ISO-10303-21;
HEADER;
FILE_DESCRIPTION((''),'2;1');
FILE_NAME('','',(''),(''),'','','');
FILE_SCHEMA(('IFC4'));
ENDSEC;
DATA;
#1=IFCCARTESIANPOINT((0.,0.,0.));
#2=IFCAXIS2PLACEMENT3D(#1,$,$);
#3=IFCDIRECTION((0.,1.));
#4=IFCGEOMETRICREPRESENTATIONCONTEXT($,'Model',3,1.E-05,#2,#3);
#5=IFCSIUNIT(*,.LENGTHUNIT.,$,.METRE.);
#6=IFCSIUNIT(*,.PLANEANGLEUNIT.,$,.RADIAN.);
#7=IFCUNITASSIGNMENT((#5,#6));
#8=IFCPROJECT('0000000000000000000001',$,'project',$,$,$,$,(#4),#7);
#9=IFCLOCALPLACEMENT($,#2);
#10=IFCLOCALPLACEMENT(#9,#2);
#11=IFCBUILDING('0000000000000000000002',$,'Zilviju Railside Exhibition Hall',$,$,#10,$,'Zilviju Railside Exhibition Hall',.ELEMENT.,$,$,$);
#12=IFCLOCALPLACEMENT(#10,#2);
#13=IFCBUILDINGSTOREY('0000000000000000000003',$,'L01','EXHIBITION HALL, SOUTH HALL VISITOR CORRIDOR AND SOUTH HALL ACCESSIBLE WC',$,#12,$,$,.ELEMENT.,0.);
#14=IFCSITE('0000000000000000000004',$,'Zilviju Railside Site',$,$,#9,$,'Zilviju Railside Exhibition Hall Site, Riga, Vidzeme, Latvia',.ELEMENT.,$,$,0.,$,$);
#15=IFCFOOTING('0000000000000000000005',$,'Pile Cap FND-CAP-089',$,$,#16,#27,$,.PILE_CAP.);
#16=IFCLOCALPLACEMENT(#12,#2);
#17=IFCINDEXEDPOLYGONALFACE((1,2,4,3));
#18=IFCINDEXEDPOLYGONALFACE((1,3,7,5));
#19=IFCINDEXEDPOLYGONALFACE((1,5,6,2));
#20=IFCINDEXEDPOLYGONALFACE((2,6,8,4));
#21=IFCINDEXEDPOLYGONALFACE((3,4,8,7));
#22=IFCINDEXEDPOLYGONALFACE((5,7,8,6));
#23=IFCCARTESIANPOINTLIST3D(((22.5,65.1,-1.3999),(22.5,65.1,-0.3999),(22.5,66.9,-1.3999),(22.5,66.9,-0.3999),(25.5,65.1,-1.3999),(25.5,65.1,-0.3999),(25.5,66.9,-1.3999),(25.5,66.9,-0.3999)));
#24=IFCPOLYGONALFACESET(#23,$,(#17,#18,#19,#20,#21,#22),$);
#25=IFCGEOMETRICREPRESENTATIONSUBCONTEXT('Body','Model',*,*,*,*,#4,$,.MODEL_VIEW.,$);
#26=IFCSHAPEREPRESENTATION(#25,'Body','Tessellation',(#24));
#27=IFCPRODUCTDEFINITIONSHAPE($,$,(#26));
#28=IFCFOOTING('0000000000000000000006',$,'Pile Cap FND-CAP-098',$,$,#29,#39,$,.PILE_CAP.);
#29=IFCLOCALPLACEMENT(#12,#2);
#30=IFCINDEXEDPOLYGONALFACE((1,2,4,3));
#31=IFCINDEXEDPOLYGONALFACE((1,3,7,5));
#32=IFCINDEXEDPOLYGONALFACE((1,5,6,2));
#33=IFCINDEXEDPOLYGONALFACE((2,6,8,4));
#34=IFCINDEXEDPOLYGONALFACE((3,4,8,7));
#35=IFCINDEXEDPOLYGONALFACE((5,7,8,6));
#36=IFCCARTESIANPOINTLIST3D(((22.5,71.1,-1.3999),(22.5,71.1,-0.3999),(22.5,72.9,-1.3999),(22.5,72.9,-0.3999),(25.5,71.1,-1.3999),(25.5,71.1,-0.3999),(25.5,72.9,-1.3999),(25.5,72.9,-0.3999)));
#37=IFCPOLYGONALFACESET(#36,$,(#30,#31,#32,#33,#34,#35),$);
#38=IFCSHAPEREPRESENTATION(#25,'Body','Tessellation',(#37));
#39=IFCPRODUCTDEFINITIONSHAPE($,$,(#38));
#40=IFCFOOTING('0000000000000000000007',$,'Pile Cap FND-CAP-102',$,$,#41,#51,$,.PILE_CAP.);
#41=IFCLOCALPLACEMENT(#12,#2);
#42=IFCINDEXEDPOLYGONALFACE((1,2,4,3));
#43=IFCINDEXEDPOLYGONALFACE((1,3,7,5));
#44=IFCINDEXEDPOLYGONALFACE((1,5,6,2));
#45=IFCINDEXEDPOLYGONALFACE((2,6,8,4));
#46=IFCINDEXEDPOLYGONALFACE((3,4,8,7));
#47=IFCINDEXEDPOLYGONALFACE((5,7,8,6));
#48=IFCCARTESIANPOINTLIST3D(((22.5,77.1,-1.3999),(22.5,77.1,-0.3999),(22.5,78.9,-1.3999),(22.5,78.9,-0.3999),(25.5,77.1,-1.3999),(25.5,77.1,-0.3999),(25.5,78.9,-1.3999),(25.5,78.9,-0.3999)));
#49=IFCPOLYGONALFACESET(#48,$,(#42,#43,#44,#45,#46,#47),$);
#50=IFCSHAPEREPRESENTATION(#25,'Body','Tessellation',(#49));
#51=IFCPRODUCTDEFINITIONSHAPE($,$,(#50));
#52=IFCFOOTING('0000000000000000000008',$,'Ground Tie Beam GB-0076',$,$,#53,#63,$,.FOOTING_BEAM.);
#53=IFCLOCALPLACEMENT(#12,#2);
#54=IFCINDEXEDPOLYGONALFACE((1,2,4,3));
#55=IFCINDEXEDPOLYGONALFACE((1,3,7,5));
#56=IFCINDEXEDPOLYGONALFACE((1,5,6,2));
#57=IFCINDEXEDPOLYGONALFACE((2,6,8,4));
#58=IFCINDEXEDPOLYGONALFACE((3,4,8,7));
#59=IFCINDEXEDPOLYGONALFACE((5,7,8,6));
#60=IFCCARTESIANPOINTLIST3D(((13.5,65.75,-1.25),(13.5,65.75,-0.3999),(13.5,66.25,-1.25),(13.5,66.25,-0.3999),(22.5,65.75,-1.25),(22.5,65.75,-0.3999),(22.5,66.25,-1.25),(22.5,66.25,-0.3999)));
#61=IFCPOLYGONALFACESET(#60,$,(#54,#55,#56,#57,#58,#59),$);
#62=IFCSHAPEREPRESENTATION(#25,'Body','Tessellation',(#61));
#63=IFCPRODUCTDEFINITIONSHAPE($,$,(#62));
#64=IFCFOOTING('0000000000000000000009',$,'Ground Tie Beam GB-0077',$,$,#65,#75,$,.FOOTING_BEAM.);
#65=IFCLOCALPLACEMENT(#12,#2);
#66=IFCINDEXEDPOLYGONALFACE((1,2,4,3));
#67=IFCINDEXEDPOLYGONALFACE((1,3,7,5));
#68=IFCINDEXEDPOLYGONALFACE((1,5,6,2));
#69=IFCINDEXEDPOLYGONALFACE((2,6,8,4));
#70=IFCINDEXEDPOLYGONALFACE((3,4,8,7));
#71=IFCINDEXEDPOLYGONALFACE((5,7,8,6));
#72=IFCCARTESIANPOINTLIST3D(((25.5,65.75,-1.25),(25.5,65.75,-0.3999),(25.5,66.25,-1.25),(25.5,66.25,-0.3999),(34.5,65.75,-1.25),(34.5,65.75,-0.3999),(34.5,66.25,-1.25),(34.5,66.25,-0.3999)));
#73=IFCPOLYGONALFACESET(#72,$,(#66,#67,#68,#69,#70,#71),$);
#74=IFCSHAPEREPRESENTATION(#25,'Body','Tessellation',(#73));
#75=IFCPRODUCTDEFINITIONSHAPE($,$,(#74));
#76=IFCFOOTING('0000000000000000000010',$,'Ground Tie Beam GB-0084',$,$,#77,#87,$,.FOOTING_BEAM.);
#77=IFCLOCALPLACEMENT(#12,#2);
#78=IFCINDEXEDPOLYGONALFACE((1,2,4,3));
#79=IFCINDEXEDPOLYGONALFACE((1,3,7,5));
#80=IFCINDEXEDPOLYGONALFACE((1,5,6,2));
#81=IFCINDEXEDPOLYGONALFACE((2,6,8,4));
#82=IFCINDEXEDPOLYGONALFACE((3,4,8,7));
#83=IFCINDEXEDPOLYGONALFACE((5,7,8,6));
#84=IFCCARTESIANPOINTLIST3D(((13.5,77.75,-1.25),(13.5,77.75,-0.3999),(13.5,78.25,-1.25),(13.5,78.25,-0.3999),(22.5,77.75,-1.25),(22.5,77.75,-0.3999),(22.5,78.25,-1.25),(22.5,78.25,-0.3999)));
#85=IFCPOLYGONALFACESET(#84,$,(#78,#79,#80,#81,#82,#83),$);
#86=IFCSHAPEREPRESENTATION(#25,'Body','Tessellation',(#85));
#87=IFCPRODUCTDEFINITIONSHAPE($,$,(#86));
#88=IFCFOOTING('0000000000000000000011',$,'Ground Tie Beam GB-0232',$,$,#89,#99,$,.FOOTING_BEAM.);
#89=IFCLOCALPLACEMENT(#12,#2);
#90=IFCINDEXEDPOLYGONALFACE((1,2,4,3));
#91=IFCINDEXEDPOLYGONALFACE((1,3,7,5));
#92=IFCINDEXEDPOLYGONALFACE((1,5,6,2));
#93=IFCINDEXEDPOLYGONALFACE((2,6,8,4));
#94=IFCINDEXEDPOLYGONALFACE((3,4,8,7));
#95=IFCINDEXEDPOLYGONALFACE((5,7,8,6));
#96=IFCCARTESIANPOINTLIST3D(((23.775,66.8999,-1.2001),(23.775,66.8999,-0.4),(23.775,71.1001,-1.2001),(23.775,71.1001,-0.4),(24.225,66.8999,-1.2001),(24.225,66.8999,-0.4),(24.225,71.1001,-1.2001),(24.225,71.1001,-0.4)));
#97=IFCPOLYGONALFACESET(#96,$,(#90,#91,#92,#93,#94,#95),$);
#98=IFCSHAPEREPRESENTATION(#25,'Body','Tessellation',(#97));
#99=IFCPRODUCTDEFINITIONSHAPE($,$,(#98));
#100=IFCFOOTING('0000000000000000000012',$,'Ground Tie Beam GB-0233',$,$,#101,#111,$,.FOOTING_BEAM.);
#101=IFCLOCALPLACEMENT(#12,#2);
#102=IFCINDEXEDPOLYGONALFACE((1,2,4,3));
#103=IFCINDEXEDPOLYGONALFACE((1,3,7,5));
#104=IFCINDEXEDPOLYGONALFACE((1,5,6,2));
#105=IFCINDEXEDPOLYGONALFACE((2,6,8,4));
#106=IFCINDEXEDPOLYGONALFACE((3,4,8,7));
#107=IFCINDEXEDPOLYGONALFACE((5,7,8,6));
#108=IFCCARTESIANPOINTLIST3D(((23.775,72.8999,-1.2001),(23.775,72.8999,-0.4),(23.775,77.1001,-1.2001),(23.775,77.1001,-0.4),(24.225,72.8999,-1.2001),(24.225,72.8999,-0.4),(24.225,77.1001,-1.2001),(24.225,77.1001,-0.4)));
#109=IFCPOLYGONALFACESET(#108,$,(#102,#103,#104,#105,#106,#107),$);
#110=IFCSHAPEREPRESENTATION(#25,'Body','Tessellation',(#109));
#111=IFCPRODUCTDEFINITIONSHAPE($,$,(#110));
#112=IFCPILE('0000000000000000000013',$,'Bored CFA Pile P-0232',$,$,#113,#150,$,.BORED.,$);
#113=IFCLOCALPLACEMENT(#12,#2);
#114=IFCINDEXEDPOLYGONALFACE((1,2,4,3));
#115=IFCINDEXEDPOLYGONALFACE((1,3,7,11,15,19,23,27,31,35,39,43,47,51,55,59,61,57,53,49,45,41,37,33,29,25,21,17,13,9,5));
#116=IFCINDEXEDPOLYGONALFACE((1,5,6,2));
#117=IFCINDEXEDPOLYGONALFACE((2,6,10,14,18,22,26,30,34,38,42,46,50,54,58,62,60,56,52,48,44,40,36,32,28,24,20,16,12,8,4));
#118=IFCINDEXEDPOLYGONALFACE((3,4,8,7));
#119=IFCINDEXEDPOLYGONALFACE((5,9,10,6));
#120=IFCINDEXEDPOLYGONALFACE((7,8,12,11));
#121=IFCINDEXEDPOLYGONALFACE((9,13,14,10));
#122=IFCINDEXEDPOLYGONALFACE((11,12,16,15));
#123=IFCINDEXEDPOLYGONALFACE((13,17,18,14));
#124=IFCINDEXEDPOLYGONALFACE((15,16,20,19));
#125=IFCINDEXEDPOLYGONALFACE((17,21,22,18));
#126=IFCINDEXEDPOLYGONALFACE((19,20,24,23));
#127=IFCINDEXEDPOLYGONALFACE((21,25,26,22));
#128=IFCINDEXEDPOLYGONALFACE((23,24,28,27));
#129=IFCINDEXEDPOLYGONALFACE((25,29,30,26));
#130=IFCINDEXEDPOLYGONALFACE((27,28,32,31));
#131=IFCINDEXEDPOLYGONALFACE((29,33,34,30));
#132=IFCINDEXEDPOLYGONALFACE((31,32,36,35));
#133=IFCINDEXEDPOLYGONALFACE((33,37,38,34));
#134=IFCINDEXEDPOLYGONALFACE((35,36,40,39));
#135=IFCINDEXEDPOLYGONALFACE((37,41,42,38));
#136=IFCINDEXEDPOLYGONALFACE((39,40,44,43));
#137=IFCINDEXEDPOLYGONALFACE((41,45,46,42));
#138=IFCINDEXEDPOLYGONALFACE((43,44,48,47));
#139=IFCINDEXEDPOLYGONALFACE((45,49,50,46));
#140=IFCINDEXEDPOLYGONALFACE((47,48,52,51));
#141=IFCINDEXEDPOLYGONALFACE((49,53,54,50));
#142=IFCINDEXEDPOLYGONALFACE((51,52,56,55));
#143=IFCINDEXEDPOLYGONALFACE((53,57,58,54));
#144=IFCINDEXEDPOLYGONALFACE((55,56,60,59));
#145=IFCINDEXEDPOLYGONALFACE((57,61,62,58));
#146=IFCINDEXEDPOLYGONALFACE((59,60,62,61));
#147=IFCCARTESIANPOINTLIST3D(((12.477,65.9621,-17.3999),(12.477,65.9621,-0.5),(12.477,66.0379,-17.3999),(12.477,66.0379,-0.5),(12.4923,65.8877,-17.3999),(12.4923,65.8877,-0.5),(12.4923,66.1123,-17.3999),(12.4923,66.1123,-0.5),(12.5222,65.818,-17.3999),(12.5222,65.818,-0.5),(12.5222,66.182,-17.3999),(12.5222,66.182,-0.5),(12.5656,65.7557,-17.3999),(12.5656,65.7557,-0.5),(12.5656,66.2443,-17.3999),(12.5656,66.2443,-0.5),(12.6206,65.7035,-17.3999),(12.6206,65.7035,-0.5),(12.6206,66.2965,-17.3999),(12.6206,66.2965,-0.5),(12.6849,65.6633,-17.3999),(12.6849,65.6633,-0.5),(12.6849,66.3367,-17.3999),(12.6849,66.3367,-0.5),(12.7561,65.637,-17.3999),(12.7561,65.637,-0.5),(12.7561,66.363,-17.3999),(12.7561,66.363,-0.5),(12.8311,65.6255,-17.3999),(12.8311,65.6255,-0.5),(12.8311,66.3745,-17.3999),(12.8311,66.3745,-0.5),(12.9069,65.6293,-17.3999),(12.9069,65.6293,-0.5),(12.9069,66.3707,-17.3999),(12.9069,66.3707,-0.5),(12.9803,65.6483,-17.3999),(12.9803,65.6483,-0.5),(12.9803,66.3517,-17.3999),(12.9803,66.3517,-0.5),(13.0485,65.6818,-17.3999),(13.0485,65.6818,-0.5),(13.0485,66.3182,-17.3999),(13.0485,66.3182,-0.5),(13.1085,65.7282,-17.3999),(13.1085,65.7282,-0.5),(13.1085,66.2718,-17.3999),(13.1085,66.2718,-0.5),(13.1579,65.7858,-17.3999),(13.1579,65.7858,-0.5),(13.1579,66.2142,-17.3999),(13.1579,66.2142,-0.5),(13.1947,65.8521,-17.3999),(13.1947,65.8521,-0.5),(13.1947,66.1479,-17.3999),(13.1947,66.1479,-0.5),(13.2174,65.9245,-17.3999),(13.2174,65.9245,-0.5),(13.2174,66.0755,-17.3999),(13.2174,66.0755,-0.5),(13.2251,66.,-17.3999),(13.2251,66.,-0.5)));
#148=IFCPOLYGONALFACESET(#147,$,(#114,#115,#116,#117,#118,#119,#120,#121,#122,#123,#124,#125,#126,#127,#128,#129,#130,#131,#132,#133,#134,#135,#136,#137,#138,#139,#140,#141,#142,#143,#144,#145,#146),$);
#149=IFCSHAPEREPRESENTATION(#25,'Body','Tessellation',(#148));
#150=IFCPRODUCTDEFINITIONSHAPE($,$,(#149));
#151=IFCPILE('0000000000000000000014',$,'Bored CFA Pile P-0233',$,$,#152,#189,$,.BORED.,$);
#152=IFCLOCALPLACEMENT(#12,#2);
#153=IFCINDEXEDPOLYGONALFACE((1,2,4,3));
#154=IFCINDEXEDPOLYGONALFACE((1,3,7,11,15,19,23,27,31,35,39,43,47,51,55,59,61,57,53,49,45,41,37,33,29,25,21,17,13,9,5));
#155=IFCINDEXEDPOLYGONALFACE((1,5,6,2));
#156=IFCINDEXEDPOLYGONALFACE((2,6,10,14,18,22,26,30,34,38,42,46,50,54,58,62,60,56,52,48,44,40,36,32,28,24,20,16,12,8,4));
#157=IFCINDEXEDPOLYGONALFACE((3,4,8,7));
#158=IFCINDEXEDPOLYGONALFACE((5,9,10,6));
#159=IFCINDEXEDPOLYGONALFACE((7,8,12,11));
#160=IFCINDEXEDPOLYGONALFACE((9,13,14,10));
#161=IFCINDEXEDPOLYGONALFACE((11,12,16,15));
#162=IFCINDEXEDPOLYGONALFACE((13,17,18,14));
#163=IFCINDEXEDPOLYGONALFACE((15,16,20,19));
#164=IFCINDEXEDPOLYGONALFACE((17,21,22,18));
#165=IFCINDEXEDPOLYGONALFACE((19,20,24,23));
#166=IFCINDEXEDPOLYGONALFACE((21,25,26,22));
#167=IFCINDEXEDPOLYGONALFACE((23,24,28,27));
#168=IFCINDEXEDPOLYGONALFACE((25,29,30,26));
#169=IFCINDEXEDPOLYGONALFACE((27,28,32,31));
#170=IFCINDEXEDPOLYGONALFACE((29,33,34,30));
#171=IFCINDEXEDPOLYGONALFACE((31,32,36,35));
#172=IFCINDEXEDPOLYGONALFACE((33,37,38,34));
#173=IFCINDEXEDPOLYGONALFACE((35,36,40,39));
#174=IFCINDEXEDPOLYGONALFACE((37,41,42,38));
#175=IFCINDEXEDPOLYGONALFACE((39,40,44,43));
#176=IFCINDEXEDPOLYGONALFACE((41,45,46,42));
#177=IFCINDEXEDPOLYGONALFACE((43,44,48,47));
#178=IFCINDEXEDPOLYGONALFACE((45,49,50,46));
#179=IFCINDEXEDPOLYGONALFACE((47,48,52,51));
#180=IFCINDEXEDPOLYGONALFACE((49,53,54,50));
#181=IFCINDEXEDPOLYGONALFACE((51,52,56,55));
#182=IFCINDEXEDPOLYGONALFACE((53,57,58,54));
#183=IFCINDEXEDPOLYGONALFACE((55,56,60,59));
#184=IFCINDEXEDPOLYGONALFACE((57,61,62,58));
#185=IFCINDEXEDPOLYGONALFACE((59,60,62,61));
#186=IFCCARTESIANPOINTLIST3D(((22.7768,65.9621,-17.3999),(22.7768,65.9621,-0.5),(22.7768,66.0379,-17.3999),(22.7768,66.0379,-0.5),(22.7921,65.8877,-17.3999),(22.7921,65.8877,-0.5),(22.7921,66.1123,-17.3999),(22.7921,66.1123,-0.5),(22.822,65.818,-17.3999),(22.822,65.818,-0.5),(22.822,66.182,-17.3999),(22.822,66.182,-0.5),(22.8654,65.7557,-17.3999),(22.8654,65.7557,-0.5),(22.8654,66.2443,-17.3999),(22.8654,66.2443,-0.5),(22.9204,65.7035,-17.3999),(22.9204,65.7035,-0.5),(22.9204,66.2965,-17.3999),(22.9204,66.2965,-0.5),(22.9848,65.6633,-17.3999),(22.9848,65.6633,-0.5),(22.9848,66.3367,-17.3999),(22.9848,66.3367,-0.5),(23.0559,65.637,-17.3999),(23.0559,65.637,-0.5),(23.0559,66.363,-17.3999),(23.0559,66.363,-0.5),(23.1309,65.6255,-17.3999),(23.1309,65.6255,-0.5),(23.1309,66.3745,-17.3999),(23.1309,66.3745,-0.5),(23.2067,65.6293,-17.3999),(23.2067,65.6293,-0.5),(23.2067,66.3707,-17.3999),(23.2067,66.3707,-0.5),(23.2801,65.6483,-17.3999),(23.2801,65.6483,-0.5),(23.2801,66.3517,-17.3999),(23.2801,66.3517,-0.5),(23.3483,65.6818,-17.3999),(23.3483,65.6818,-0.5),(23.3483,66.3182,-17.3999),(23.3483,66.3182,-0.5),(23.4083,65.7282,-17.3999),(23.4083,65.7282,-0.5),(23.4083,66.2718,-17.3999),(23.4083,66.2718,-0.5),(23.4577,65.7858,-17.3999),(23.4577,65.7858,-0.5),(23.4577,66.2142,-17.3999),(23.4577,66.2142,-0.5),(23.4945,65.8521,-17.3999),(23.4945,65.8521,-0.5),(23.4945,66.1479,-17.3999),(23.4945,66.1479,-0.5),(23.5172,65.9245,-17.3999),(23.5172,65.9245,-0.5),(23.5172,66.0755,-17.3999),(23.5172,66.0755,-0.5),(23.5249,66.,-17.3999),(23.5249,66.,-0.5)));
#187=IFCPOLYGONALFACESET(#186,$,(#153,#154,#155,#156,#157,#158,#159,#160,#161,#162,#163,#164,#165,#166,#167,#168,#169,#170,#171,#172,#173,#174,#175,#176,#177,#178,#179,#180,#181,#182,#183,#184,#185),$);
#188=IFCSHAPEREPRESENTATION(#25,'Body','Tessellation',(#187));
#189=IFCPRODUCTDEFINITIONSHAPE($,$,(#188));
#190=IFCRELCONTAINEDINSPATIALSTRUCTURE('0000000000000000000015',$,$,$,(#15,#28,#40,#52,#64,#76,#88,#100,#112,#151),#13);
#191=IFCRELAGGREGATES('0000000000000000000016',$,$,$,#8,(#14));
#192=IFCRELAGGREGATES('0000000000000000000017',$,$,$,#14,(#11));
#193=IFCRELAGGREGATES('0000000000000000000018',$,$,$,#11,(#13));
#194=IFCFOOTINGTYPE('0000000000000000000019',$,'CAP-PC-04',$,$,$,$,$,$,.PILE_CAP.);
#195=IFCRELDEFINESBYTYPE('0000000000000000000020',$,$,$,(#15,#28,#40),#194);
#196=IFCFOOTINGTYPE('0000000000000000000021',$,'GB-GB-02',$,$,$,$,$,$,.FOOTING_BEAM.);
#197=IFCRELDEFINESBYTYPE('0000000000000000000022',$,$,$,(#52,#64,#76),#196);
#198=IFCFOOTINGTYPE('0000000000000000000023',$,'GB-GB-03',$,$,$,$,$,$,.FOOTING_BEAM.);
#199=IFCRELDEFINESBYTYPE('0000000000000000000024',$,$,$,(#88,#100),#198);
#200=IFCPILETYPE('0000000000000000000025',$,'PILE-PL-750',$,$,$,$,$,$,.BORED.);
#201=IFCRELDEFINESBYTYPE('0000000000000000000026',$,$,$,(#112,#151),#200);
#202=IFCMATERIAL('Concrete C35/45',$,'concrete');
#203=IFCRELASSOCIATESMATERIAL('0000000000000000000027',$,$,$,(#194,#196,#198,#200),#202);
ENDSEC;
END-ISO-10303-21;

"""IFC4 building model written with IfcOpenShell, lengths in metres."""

from ifc_helpers import new_model, si_unit, direction, frame, origin, origin_2d, place, context, subcontext, project, spatial, rectangle, circle, extrude, material, material_profile, profile_set, type_object, element, save


model = new_model("IFC4")

# Units and contexts
model_context = context("Model", 3, precision=1e-05, world=origin(), true_north=direction((0.0, 1.0)))
body_context = subcontext(model_context, "Body", "Model", "MODEL_VIEW")
ifc_project = project(units=[si_unit("LENGTHUNIT", "METRE"), si_unit("PLANEANGLEUNIT", "RADIAN")], contexts=[model_context])

# Site, building, storey
site_placement = place(None, origin())
site = spatial("IfcSite", under=ifc_project, at=site_placement, Name="Zilviju Railside Site", LongName="Zilviju Railside Exhibition Hall Site, Riga, Vidzeme, Latvia", CompositionType="ELEMENT", RefElevation=0.0)
building_placement = place(site_placement, origin())
building = spatial("IfcBuilding", under=site, at=building_placement, Name="Zilviju Railside Exhibition Hall", LongName="Zilviju Railside Exhibition Hall", CompositionType="ELEMENT")
storey_placement = place(building_placement, origin())
storey = spatial("IfcBuildingStorey", under=building, at=storey_placement, Name="L01", Description="EXHIBITION HALL, SOUTH HALL VISITOR CORRIDOR AND SOUTH HALL ACCESSIBLE WC", CompositionType="ELEMENT", Elevation=0.0)

# Footings
ifc_material = material(Name="Concrete C35/45", Category="concrete")
footing_type_1 = type_object("IfcFootingType", Name="CAP-PC-04", PredefinedType="PILE_CAP", material=ifc_material)
for number, where, z_axis, x_axis, name in (
    (1, (24.0, 66.0, -1.3999), (0.0, 0.0, 1.0), (1.0, 0.0, 0.0), "Pile Cap FND-CAP-089"),
    (2, (24.0, 72.0, -1.3999), (0.0, 0.0, 1.0), (1.0, 0.0, 0.0), "Pile Cap FND-CAP-098"),
    (3, (24.0, 78.0, -1.3999), (0.0, 0.0, 1.0), (1.0, 0.0, 0.0), "Pile Cap FND-CAP-102"),
):
    element("IfcFooting", number, at=place(storey_placement, frame(where, z_axis=z_axis, x_axis=x_axis)), inside=storey, type_object=footing_type_1, Name=name, PredefinedType="PILE_CAP", context=body_context, shape_type="SweptSolid", body=[
        extrude(rectangle(XDim=3.0, YDim=1.8, at=origin_2d()), origin(), (0.0, 0.0, 1.0), 1.0),
    ])
ifc_material_profile_1 = material_profile(ifc_material, rectangle(XDim=0.5, YDim=0.8501, at=origin_2d()), Name="TIE BEAM 500x850")
ifc_profile_set_1 = profile_set([ifc_material_profile_1], Name="Concrete C35/45")
footing_type_2 = type_object("IfcFootingType", Name="GB-GB-02", PredefinedType="FOOTING_BEAM", material=ifc_profile_set_1)
for number, where, z_axis, x_axis, name in (
    (4, (13.5, 66.0, -0.825), (1.0, 0.0, 0.0), (0.0, 1.0, 0.0), "Ground Tie Beam GB-0076"),
    (5, (25.5, 66.0, -0.825), (1.0, 0.0, 0.0), (0.0, 1.0, 0.0), "Ground Tie Beam GB-0077"),
    (6, (13.5, 78.0, -0.825), (1.0, 0.0, 0.0), (0.0, 1.0, 0.0), "Ground Tie Beam GB-0084"),
):
    element("IfcFooting", number, at=place(storey_placement, frame(where, z_axis=z_axis, x_axis=x_axis)), inside=storey, type_object=footing_type_2, Name=name, PredefinedType="FOOTING_BEAM", context=body_context, shape_type="SweptSolid", body=[
        extrude(rectangle(XDim=0.5, YDim=0.8501, at=origin_2d()), origin(), (0.0, 0.0, 1.0), 9.0),
    ])
ifc_material_profile_2 = material_profile(ifc_material, rectangle(XDim=0.45, YDim=0.8, at=origin_2d()), Name="TIE BEAM 450x800")
ifc_profile_set_2 = profile_set([ifc_material_profile_2], Name="Concrete C35/45")
footing_type_3 = type_object("IfcFootingType", Name="GB-GB-03", PredefinedType="FOOTING_BEAM", material=ifc_profile_set_2)
for number, where, z_axis, x_axis, name in (
    (7, (24.0, 66.8999, -0.8), (0.0, 1.0, 0.0), (-1.0, 0.0, 0.0), "Ground Tie Beam GB-0232"),
    (8, (24.0, 72.8999, -0.8), (0.0, 1.0, 0.0), (-1.0, 0.0, 0.0), "Ground Tie Beam GB-0233"),
):
    element("IfcFooting", number, at=place(storey_placement, frame(where, z_axis=z_axis, x_axis=x_axis)), inside=storey, type_object=footing_type_3, Name=name, PredefinedType="FOOTING_BEAM", context=body_context, shape_type="SweptSolid", body=[
        extrude(rectangle(XDim=0.45, YDim=0.8, at=origin_2d()), origin(), (0.0, 0.0, 1.0), 4.2002),
    ])

# Piles
ifc_material_profile_3 = material_profile(ifc_material, circle(Radius=0.375, at=origin_2d()), Name="CFA PILE D750")
ifc_profile_set_3 = profile_set([ifc_material_profile_3], Name="Concrete C35/45")
pile_type = type_object("IfcPileType", Name="PILE-PL-750", PredefinedType="BORED", material=ifc_profile_set_3)
for number, where, z_axis, x_axis, name in (
    (9, (12.8501, 66.0, -0.5), (0.0, 0.0, -1.0), (1.0, 0.0, 0.0), "Bored CFA Pile P-0232"),
    (10, (23.1499, 66.0, -0.5), (0.0, 0.0, -1.0), (1.0, 0.0, 0.0), "Bored CFA Pile P-0233"),
):
    element("IfcPile", number, at=place(storey_placement, frame(where, z_axis=z_axis, x_axis=x_axis)), inside=storey, type_object=pile_type, Name=name, PredefinedType="BORED", context=body_context, shape_type="SweptSolid", body=[
        extrude(circle(Radius=0.375, at=origin_2d()), origin(), (0.0, 0.0, 1.0), 16.8999),
    ])

save(model, "model.ifc")
